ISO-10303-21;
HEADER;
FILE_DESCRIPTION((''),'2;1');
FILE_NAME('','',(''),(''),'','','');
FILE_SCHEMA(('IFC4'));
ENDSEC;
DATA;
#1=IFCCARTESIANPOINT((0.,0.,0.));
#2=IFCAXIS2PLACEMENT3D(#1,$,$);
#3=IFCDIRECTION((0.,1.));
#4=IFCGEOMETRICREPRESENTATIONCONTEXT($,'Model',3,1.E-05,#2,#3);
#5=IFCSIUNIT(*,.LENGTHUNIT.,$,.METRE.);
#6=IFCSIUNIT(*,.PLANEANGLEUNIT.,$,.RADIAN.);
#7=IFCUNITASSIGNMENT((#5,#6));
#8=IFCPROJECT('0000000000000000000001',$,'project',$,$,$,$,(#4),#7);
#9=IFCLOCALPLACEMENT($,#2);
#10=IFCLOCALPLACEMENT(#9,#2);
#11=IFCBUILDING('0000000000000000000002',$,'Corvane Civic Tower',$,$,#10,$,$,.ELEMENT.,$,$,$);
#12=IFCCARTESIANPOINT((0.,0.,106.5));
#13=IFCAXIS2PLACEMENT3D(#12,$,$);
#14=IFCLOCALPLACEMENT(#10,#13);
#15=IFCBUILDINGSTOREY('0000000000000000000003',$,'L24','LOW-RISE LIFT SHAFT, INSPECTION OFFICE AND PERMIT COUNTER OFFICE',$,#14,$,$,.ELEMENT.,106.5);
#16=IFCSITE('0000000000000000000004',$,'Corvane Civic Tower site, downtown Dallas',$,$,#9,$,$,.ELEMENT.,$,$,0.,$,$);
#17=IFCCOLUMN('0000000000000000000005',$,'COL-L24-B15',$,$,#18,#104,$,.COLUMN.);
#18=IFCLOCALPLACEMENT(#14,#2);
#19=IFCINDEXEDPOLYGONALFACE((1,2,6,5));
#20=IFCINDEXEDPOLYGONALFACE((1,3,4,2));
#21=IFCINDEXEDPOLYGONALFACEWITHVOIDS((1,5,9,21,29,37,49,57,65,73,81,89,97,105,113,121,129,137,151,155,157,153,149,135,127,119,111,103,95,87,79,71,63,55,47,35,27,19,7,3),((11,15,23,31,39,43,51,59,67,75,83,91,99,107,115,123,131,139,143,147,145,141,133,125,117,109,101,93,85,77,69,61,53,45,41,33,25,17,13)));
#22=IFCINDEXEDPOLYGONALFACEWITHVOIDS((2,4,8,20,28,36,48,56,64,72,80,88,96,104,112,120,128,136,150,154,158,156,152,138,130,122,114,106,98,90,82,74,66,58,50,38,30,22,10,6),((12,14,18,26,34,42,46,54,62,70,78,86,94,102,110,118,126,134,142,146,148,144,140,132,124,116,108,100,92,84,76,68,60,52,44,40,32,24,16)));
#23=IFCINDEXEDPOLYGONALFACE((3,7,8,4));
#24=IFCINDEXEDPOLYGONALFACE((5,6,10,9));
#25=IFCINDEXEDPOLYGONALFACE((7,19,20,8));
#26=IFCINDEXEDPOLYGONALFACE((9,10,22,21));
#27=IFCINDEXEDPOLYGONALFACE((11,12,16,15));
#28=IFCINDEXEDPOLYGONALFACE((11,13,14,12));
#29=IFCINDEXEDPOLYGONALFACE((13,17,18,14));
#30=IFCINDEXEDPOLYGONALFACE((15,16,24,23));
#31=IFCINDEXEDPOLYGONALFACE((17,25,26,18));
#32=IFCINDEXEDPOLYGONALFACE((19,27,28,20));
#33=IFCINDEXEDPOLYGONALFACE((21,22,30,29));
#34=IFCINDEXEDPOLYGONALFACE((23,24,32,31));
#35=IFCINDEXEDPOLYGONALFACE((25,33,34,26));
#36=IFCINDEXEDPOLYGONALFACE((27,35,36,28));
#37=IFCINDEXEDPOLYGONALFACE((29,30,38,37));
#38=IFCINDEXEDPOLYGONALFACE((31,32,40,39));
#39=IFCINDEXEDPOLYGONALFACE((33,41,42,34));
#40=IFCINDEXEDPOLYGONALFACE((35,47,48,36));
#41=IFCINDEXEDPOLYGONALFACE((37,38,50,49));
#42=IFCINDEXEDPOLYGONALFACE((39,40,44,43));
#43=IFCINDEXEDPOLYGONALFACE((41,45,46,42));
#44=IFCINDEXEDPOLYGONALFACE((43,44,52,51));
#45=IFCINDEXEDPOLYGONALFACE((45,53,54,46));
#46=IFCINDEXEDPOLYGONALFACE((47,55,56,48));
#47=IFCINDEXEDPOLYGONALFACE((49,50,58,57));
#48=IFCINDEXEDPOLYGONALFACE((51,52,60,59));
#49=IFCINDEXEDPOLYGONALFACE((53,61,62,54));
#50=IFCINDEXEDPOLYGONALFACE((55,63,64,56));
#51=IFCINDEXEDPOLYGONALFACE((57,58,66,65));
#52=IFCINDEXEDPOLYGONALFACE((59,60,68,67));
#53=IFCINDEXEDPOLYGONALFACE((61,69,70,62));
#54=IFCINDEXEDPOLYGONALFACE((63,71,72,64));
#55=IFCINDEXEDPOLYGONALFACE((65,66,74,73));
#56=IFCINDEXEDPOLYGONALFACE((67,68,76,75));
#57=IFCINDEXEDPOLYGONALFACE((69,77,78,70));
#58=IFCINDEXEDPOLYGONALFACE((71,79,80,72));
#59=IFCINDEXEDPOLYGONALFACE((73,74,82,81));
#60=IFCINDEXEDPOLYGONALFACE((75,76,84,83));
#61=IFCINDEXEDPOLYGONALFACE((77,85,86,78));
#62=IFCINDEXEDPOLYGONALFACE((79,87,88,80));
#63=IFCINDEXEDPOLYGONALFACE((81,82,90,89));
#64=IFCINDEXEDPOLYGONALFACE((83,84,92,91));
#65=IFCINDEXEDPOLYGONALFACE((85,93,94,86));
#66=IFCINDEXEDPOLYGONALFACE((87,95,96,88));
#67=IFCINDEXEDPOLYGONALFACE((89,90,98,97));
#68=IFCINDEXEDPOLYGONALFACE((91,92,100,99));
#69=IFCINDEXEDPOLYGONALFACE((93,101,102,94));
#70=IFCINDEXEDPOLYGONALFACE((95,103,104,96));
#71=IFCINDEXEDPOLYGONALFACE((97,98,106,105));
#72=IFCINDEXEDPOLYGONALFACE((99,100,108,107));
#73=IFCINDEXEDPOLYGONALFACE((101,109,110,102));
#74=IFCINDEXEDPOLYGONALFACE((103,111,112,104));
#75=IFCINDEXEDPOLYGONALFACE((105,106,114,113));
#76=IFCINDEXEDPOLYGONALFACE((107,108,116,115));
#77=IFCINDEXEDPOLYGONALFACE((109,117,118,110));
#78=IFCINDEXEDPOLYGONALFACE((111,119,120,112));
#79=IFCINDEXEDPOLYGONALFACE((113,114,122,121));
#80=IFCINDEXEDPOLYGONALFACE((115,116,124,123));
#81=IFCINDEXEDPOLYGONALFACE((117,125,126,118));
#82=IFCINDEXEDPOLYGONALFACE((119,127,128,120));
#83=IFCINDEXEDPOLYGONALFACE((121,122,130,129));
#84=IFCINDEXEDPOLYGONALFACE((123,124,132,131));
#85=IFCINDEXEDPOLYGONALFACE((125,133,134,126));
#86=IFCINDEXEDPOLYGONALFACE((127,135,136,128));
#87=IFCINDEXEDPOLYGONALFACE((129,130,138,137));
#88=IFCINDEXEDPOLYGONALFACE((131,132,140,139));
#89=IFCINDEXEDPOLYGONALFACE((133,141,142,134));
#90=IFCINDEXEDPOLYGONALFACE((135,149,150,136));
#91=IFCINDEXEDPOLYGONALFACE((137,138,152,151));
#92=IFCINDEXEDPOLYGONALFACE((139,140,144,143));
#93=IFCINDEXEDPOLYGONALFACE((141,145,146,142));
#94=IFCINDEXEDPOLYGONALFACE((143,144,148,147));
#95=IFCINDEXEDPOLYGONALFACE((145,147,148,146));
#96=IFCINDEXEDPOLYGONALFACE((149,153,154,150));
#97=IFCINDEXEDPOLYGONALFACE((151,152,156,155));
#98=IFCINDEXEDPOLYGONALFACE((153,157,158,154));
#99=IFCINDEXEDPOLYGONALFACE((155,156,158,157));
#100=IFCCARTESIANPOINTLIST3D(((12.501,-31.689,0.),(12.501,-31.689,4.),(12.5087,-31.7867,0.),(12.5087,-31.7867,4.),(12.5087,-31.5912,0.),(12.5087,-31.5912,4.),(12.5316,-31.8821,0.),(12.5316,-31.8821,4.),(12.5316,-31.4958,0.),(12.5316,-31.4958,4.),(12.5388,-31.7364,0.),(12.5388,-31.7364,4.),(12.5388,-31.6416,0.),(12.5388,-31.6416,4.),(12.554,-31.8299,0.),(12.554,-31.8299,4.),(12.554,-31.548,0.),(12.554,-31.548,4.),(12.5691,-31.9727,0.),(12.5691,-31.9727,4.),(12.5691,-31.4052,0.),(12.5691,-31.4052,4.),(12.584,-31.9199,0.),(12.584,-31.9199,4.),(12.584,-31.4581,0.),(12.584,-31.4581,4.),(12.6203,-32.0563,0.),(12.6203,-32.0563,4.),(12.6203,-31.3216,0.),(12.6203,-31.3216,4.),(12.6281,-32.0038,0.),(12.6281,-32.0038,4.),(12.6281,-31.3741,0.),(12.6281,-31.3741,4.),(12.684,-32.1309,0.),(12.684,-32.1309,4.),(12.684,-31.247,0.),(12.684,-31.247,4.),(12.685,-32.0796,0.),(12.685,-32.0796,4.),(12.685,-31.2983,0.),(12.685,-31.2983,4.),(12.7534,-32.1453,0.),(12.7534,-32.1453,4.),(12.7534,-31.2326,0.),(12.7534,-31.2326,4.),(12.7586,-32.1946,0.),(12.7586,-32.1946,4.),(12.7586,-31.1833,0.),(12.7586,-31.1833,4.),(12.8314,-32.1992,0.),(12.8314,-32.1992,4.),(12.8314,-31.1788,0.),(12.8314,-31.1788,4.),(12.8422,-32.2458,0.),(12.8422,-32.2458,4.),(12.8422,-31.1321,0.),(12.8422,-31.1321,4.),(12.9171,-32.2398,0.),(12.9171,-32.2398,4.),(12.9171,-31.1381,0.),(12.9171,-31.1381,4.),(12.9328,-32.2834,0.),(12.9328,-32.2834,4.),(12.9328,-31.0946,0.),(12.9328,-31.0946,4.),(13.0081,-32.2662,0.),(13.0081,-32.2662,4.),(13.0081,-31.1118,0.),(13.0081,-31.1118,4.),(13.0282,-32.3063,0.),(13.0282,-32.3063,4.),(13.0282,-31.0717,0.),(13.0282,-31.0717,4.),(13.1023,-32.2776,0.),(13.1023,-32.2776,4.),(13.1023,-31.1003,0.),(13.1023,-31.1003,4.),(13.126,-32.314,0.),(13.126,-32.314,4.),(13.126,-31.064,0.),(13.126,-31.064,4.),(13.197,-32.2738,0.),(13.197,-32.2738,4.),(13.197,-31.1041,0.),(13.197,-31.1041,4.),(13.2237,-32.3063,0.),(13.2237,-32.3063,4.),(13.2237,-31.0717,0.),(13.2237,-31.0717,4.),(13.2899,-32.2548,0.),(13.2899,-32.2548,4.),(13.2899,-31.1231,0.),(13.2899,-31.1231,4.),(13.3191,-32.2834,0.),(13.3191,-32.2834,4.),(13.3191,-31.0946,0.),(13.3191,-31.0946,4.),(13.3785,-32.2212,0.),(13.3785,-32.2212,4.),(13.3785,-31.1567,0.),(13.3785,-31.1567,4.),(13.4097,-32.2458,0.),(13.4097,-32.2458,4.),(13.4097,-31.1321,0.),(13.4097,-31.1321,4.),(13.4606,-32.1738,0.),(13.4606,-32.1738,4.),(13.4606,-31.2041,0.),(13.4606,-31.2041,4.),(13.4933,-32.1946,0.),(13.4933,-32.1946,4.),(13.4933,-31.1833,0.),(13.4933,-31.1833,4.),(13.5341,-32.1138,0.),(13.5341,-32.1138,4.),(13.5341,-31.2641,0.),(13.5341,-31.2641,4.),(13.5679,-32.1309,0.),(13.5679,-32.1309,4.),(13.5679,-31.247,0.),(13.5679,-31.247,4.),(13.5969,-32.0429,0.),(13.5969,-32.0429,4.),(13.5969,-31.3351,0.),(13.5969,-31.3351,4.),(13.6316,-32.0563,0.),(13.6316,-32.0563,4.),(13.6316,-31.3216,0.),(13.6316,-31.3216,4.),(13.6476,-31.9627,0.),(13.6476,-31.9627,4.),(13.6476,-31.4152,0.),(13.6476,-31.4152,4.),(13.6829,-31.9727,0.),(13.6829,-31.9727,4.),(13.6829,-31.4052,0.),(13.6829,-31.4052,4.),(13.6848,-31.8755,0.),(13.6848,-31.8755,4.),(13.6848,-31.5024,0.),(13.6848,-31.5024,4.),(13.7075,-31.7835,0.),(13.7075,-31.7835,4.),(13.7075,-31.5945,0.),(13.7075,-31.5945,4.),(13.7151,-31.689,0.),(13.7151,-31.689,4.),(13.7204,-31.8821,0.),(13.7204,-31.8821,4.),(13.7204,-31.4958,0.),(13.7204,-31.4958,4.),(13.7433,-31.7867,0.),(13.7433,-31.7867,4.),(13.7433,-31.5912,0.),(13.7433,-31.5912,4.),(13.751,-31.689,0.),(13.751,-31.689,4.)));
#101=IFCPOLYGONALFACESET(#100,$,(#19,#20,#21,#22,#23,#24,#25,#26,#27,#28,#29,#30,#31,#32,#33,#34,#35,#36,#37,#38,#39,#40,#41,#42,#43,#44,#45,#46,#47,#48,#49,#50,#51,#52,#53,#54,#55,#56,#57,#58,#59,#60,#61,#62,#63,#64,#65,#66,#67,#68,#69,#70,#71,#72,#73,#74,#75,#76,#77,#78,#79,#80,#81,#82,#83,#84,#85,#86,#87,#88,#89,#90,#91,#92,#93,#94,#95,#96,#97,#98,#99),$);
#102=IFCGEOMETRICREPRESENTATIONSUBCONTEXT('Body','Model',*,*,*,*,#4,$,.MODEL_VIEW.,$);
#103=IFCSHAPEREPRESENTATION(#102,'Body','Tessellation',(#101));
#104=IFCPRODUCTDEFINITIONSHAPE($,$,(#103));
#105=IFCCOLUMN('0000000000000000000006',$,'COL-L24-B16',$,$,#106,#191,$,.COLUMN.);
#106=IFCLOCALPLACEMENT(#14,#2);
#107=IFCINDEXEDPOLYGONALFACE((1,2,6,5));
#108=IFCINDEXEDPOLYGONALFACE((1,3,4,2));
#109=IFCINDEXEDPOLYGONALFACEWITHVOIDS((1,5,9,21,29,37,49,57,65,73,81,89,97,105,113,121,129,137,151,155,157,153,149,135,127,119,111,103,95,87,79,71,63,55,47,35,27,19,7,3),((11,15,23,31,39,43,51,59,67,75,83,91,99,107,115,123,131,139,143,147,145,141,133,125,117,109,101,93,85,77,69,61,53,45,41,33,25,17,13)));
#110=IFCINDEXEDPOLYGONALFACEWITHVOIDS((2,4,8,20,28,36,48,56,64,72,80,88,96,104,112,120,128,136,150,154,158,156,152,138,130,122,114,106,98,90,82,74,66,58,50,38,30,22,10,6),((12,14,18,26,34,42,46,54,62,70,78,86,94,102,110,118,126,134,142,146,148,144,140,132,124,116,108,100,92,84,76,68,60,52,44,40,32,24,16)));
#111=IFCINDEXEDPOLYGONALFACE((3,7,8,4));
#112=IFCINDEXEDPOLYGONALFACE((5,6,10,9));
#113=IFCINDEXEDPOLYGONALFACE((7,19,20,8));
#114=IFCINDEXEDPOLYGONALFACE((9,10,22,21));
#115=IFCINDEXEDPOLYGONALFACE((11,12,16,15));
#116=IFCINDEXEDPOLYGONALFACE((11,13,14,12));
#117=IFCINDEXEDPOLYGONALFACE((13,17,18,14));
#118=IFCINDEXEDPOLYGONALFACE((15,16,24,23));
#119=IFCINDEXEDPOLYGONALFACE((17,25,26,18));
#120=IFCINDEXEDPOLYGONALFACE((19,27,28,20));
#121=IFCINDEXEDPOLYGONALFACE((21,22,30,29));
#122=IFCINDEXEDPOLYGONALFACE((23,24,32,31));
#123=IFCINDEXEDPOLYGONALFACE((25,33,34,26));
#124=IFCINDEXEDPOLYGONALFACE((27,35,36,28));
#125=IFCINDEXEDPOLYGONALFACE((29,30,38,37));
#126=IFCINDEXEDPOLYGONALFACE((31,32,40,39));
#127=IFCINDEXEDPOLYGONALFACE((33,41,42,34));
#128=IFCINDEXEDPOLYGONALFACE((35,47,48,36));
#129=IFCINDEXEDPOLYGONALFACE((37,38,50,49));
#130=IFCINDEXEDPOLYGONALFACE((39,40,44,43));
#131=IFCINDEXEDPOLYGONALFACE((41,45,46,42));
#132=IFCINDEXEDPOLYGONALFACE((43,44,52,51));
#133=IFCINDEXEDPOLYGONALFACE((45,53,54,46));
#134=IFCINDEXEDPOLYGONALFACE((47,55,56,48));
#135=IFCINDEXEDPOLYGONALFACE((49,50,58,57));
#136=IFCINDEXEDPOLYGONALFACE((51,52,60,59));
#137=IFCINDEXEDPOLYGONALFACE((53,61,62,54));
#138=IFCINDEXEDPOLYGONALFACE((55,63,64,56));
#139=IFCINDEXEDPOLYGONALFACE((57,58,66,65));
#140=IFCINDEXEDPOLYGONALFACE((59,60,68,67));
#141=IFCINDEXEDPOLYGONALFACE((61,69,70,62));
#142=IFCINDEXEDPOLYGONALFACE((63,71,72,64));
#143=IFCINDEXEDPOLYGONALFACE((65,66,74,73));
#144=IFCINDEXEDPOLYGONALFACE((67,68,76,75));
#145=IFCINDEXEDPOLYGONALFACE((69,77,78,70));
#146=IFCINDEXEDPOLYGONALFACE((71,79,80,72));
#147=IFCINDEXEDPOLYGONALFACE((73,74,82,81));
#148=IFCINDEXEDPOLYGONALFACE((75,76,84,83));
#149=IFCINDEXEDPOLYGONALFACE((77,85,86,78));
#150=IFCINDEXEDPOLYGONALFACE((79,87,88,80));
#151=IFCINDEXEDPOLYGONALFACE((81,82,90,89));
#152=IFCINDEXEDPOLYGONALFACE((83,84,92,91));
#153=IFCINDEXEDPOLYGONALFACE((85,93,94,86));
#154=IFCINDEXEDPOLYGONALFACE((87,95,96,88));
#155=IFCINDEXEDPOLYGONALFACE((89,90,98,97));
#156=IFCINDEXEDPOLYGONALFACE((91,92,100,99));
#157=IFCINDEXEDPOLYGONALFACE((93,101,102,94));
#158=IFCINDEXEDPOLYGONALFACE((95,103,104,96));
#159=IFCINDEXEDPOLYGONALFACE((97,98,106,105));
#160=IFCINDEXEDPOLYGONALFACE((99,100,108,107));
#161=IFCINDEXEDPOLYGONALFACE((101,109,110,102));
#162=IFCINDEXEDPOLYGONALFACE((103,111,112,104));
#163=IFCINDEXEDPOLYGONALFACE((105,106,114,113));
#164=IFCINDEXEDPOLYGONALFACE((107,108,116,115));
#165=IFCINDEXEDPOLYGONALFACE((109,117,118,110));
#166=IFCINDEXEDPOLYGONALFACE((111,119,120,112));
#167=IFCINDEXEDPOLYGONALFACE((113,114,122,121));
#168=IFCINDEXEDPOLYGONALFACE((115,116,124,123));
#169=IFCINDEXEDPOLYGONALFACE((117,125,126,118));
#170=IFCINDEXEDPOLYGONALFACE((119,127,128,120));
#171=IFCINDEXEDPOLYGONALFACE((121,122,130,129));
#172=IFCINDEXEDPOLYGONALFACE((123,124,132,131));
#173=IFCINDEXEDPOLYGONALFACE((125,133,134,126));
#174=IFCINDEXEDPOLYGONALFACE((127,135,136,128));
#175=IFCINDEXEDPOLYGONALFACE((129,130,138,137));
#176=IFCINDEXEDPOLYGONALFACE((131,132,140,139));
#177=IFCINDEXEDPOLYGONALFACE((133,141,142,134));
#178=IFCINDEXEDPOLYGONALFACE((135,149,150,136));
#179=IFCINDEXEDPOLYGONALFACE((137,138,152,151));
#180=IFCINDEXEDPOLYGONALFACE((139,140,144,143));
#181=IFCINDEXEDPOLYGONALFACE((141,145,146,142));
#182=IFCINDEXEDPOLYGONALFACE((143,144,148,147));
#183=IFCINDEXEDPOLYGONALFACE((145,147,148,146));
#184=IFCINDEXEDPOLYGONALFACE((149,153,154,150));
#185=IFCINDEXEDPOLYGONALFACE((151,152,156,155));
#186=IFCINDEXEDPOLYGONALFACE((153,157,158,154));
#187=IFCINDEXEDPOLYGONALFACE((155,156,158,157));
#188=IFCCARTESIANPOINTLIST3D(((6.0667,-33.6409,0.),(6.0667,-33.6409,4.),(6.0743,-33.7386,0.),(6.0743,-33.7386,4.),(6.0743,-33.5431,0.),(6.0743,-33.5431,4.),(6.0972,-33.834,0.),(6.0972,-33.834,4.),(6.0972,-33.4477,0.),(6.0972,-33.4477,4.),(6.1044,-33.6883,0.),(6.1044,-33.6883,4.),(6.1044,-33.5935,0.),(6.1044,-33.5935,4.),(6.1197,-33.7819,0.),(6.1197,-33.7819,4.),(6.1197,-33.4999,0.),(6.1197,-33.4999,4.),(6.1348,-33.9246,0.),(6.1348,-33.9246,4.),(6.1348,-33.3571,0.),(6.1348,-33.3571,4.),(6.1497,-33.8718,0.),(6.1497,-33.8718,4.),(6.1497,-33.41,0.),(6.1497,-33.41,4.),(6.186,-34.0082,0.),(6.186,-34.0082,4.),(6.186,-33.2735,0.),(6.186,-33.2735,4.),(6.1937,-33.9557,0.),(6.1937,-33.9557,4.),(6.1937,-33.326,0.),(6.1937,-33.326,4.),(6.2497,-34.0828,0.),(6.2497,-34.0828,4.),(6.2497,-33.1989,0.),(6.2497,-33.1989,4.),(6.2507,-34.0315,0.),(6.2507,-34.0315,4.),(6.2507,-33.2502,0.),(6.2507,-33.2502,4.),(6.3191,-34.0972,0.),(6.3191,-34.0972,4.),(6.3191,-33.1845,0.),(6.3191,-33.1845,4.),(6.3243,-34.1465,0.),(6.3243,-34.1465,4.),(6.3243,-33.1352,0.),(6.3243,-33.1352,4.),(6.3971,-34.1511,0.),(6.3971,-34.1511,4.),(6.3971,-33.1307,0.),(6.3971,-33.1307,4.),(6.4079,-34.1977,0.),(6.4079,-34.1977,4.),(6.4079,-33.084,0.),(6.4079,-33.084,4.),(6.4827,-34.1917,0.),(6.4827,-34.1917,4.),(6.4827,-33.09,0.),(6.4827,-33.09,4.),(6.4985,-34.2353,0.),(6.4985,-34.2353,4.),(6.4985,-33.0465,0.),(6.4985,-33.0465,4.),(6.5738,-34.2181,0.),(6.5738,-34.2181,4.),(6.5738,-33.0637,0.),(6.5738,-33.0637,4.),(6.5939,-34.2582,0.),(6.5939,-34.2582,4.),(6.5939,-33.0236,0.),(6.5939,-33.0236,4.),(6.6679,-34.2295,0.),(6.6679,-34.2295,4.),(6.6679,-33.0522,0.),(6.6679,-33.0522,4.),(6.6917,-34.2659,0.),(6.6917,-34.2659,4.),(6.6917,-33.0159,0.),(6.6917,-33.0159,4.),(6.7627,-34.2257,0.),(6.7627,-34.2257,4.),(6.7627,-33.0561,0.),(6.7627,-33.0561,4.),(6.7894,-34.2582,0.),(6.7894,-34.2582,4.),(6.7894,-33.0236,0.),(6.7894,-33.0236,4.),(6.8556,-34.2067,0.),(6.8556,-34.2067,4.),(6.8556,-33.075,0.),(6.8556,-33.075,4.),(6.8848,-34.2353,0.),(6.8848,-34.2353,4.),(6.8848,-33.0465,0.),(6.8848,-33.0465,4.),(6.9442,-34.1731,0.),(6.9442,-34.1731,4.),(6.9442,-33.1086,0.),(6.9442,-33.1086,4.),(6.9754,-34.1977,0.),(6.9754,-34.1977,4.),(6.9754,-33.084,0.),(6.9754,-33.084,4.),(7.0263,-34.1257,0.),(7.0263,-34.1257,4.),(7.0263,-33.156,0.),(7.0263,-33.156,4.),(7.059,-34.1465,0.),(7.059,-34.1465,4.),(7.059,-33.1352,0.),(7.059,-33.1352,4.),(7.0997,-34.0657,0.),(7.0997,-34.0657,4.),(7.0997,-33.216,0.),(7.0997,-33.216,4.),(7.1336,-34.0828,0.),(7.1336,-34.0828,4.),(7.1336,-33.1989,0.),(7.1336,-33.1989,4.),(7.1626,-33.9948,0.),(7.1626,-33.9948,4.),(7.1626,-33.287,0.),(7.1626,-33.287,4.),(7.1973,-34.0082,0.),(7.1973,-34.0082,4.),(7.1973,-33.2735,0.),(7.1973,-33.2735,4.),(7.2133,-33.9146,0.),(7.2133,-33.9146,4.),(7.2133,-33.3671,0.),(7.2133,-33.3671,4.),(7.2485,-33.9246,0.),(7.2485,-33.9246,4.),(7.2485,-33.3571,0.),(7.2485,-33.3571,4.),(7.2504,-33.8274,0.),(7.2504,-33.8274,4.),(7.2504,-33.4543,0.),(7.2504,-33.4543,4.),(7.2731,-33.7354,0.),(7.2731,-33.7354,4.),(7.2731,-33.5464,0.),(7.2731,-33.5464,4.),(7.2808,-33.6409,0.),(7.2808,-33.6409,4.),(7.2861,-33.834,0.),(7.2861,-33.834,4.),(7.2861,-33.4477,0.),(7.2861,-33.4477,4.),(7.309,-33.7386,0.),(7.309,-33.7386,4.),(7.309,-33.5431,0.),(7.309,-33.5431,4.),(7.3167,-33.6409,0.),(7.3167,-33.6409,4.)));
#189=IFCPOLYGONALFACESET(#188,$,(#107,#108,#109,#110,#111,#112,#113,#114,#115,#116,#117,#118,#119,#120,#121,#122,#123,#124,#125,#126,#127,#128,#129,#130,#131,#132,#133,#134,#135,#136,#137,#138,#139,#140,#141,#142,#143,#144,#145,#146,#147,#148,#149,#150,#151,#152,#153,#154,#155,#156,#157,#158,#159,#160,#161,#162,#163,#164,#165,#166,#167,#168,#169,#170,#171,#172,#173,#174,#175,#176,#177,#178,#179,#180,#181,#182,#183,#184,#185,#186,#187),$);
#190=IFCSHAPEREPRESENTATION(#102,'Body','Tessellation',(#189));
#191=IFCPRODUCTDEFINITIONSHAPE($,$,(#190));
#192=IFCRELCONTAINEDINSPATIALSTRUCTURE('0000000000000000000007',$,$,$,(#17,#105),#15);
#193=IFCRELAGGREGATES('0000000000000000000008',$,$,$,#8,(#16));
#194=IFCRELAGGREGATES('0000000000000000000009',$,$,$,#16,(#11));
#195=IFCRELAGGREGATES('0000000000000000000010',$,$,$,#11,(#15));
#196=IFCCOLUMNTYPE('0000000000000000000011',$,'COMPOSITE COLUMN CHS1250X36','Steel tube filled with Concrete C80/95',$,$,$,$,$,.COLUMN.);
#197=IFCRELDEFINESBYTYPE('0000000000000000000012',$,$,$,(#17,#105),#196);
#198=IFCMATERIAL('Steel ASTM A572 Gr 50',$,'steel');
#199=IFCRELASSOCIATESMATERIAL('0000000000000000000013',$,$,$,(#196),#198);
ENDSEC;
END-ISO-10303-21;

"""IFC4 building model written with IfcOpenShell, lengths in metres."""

from ifc_helpers import new_model, si_unit, direction, frame, origin, origin_2d, place, context, subcontext, project, spatial, hollow_circle, extrude, material, material_profile, profile_set, type_object, element, save


model = new_model("IFC4")

# Units and contexts
model_context = context("Model", 3, precision=1e-05, world=origin(), true_north=direction((0.0, 1.0)))
body_context = subcontext(model_context, "Body", "Model", "MODEL_VIEW")
ifc_project = project(units=[si_unit("LENGTHUNIT", "METRE"), si_unit("PLANEANGLEUNIT", "RADIAN")], contexts=[model_context])

# Site, building, storey
site_placement = place(None, origin())
site = spatial("IfcSite", under=ifc_project, at=site_placement, Name="Corvane Civic Tower site, downtown Dallas", CompositionType="ELEMENT", RefElevation=0.0)
building_placement = place(site_placement, origin())
building = spatial("IfcBuilding", under=site, at=building_placement, Name="Corvane Civic Tower", CompositionType="ELEMENT")
storey_placement = place(building_placement, frame((0.0, 0.0, 106.5)))
storey = spatial("IfcBuildingStorey", under=building, at=storey_placement, Name="L24", Description="LOW-RISE LIFT SHAFT, INSPECTION OFFICE AND PERMIT COUNTER OFFICE", CompositionType="ELEMENT", Elevation=106.5)

# Columns
ifc_material_1 = material(Name="Steel ASTM A572 Gr 50", Category="steel")
ifc_material_profile_1 = material_profile(ifc_material_1, hollow_circle(Radius=0.625, WallThickness=0.0359, at=origin_2d()), Name="CHS1250X36")
ifc_profile_set_1 = profile_set([ifc_material_profile_1], Name="Steel ASTM A572 Gr 50")
column_type = type_object("IfcColumnType", Name="COMPOSITE COLUMN CHS1250X36", Description="Steel tube filled with Concrete C80/95", PredefinedType="COLUMN", material=ifc_profile_set_1)
for number, where, z_axis, x_axis, name in (
    (1, (13.126, -31.689, 0.0), (0.0, 0.0, 1.0), (1.0, 0.0, 0.0), "COL-L24-B15"),
    (2, (6.6917, -33.6409, 0.0), (0.0, 0.0, 1.0), (1.0, 0.0, 0.0), "COL-L24-B16"),
):
    element("IfcColumn", number, at=place(storey_placement, frame(where, z_axis=z_axis, x_axis=x_axis)), inside=storey, type_object=column_type, Name=name, PredefinedType="COLUMN", context=body_context, shape_type="SweptSolid", body=[
        extrude(hollow_circle(Radius=0.625, WallThickness=0.0359, at=origin_2d()), origin(), (0.0, 0.0, 1.0), 4.0),
    ])

save(model, "model.ifc")
